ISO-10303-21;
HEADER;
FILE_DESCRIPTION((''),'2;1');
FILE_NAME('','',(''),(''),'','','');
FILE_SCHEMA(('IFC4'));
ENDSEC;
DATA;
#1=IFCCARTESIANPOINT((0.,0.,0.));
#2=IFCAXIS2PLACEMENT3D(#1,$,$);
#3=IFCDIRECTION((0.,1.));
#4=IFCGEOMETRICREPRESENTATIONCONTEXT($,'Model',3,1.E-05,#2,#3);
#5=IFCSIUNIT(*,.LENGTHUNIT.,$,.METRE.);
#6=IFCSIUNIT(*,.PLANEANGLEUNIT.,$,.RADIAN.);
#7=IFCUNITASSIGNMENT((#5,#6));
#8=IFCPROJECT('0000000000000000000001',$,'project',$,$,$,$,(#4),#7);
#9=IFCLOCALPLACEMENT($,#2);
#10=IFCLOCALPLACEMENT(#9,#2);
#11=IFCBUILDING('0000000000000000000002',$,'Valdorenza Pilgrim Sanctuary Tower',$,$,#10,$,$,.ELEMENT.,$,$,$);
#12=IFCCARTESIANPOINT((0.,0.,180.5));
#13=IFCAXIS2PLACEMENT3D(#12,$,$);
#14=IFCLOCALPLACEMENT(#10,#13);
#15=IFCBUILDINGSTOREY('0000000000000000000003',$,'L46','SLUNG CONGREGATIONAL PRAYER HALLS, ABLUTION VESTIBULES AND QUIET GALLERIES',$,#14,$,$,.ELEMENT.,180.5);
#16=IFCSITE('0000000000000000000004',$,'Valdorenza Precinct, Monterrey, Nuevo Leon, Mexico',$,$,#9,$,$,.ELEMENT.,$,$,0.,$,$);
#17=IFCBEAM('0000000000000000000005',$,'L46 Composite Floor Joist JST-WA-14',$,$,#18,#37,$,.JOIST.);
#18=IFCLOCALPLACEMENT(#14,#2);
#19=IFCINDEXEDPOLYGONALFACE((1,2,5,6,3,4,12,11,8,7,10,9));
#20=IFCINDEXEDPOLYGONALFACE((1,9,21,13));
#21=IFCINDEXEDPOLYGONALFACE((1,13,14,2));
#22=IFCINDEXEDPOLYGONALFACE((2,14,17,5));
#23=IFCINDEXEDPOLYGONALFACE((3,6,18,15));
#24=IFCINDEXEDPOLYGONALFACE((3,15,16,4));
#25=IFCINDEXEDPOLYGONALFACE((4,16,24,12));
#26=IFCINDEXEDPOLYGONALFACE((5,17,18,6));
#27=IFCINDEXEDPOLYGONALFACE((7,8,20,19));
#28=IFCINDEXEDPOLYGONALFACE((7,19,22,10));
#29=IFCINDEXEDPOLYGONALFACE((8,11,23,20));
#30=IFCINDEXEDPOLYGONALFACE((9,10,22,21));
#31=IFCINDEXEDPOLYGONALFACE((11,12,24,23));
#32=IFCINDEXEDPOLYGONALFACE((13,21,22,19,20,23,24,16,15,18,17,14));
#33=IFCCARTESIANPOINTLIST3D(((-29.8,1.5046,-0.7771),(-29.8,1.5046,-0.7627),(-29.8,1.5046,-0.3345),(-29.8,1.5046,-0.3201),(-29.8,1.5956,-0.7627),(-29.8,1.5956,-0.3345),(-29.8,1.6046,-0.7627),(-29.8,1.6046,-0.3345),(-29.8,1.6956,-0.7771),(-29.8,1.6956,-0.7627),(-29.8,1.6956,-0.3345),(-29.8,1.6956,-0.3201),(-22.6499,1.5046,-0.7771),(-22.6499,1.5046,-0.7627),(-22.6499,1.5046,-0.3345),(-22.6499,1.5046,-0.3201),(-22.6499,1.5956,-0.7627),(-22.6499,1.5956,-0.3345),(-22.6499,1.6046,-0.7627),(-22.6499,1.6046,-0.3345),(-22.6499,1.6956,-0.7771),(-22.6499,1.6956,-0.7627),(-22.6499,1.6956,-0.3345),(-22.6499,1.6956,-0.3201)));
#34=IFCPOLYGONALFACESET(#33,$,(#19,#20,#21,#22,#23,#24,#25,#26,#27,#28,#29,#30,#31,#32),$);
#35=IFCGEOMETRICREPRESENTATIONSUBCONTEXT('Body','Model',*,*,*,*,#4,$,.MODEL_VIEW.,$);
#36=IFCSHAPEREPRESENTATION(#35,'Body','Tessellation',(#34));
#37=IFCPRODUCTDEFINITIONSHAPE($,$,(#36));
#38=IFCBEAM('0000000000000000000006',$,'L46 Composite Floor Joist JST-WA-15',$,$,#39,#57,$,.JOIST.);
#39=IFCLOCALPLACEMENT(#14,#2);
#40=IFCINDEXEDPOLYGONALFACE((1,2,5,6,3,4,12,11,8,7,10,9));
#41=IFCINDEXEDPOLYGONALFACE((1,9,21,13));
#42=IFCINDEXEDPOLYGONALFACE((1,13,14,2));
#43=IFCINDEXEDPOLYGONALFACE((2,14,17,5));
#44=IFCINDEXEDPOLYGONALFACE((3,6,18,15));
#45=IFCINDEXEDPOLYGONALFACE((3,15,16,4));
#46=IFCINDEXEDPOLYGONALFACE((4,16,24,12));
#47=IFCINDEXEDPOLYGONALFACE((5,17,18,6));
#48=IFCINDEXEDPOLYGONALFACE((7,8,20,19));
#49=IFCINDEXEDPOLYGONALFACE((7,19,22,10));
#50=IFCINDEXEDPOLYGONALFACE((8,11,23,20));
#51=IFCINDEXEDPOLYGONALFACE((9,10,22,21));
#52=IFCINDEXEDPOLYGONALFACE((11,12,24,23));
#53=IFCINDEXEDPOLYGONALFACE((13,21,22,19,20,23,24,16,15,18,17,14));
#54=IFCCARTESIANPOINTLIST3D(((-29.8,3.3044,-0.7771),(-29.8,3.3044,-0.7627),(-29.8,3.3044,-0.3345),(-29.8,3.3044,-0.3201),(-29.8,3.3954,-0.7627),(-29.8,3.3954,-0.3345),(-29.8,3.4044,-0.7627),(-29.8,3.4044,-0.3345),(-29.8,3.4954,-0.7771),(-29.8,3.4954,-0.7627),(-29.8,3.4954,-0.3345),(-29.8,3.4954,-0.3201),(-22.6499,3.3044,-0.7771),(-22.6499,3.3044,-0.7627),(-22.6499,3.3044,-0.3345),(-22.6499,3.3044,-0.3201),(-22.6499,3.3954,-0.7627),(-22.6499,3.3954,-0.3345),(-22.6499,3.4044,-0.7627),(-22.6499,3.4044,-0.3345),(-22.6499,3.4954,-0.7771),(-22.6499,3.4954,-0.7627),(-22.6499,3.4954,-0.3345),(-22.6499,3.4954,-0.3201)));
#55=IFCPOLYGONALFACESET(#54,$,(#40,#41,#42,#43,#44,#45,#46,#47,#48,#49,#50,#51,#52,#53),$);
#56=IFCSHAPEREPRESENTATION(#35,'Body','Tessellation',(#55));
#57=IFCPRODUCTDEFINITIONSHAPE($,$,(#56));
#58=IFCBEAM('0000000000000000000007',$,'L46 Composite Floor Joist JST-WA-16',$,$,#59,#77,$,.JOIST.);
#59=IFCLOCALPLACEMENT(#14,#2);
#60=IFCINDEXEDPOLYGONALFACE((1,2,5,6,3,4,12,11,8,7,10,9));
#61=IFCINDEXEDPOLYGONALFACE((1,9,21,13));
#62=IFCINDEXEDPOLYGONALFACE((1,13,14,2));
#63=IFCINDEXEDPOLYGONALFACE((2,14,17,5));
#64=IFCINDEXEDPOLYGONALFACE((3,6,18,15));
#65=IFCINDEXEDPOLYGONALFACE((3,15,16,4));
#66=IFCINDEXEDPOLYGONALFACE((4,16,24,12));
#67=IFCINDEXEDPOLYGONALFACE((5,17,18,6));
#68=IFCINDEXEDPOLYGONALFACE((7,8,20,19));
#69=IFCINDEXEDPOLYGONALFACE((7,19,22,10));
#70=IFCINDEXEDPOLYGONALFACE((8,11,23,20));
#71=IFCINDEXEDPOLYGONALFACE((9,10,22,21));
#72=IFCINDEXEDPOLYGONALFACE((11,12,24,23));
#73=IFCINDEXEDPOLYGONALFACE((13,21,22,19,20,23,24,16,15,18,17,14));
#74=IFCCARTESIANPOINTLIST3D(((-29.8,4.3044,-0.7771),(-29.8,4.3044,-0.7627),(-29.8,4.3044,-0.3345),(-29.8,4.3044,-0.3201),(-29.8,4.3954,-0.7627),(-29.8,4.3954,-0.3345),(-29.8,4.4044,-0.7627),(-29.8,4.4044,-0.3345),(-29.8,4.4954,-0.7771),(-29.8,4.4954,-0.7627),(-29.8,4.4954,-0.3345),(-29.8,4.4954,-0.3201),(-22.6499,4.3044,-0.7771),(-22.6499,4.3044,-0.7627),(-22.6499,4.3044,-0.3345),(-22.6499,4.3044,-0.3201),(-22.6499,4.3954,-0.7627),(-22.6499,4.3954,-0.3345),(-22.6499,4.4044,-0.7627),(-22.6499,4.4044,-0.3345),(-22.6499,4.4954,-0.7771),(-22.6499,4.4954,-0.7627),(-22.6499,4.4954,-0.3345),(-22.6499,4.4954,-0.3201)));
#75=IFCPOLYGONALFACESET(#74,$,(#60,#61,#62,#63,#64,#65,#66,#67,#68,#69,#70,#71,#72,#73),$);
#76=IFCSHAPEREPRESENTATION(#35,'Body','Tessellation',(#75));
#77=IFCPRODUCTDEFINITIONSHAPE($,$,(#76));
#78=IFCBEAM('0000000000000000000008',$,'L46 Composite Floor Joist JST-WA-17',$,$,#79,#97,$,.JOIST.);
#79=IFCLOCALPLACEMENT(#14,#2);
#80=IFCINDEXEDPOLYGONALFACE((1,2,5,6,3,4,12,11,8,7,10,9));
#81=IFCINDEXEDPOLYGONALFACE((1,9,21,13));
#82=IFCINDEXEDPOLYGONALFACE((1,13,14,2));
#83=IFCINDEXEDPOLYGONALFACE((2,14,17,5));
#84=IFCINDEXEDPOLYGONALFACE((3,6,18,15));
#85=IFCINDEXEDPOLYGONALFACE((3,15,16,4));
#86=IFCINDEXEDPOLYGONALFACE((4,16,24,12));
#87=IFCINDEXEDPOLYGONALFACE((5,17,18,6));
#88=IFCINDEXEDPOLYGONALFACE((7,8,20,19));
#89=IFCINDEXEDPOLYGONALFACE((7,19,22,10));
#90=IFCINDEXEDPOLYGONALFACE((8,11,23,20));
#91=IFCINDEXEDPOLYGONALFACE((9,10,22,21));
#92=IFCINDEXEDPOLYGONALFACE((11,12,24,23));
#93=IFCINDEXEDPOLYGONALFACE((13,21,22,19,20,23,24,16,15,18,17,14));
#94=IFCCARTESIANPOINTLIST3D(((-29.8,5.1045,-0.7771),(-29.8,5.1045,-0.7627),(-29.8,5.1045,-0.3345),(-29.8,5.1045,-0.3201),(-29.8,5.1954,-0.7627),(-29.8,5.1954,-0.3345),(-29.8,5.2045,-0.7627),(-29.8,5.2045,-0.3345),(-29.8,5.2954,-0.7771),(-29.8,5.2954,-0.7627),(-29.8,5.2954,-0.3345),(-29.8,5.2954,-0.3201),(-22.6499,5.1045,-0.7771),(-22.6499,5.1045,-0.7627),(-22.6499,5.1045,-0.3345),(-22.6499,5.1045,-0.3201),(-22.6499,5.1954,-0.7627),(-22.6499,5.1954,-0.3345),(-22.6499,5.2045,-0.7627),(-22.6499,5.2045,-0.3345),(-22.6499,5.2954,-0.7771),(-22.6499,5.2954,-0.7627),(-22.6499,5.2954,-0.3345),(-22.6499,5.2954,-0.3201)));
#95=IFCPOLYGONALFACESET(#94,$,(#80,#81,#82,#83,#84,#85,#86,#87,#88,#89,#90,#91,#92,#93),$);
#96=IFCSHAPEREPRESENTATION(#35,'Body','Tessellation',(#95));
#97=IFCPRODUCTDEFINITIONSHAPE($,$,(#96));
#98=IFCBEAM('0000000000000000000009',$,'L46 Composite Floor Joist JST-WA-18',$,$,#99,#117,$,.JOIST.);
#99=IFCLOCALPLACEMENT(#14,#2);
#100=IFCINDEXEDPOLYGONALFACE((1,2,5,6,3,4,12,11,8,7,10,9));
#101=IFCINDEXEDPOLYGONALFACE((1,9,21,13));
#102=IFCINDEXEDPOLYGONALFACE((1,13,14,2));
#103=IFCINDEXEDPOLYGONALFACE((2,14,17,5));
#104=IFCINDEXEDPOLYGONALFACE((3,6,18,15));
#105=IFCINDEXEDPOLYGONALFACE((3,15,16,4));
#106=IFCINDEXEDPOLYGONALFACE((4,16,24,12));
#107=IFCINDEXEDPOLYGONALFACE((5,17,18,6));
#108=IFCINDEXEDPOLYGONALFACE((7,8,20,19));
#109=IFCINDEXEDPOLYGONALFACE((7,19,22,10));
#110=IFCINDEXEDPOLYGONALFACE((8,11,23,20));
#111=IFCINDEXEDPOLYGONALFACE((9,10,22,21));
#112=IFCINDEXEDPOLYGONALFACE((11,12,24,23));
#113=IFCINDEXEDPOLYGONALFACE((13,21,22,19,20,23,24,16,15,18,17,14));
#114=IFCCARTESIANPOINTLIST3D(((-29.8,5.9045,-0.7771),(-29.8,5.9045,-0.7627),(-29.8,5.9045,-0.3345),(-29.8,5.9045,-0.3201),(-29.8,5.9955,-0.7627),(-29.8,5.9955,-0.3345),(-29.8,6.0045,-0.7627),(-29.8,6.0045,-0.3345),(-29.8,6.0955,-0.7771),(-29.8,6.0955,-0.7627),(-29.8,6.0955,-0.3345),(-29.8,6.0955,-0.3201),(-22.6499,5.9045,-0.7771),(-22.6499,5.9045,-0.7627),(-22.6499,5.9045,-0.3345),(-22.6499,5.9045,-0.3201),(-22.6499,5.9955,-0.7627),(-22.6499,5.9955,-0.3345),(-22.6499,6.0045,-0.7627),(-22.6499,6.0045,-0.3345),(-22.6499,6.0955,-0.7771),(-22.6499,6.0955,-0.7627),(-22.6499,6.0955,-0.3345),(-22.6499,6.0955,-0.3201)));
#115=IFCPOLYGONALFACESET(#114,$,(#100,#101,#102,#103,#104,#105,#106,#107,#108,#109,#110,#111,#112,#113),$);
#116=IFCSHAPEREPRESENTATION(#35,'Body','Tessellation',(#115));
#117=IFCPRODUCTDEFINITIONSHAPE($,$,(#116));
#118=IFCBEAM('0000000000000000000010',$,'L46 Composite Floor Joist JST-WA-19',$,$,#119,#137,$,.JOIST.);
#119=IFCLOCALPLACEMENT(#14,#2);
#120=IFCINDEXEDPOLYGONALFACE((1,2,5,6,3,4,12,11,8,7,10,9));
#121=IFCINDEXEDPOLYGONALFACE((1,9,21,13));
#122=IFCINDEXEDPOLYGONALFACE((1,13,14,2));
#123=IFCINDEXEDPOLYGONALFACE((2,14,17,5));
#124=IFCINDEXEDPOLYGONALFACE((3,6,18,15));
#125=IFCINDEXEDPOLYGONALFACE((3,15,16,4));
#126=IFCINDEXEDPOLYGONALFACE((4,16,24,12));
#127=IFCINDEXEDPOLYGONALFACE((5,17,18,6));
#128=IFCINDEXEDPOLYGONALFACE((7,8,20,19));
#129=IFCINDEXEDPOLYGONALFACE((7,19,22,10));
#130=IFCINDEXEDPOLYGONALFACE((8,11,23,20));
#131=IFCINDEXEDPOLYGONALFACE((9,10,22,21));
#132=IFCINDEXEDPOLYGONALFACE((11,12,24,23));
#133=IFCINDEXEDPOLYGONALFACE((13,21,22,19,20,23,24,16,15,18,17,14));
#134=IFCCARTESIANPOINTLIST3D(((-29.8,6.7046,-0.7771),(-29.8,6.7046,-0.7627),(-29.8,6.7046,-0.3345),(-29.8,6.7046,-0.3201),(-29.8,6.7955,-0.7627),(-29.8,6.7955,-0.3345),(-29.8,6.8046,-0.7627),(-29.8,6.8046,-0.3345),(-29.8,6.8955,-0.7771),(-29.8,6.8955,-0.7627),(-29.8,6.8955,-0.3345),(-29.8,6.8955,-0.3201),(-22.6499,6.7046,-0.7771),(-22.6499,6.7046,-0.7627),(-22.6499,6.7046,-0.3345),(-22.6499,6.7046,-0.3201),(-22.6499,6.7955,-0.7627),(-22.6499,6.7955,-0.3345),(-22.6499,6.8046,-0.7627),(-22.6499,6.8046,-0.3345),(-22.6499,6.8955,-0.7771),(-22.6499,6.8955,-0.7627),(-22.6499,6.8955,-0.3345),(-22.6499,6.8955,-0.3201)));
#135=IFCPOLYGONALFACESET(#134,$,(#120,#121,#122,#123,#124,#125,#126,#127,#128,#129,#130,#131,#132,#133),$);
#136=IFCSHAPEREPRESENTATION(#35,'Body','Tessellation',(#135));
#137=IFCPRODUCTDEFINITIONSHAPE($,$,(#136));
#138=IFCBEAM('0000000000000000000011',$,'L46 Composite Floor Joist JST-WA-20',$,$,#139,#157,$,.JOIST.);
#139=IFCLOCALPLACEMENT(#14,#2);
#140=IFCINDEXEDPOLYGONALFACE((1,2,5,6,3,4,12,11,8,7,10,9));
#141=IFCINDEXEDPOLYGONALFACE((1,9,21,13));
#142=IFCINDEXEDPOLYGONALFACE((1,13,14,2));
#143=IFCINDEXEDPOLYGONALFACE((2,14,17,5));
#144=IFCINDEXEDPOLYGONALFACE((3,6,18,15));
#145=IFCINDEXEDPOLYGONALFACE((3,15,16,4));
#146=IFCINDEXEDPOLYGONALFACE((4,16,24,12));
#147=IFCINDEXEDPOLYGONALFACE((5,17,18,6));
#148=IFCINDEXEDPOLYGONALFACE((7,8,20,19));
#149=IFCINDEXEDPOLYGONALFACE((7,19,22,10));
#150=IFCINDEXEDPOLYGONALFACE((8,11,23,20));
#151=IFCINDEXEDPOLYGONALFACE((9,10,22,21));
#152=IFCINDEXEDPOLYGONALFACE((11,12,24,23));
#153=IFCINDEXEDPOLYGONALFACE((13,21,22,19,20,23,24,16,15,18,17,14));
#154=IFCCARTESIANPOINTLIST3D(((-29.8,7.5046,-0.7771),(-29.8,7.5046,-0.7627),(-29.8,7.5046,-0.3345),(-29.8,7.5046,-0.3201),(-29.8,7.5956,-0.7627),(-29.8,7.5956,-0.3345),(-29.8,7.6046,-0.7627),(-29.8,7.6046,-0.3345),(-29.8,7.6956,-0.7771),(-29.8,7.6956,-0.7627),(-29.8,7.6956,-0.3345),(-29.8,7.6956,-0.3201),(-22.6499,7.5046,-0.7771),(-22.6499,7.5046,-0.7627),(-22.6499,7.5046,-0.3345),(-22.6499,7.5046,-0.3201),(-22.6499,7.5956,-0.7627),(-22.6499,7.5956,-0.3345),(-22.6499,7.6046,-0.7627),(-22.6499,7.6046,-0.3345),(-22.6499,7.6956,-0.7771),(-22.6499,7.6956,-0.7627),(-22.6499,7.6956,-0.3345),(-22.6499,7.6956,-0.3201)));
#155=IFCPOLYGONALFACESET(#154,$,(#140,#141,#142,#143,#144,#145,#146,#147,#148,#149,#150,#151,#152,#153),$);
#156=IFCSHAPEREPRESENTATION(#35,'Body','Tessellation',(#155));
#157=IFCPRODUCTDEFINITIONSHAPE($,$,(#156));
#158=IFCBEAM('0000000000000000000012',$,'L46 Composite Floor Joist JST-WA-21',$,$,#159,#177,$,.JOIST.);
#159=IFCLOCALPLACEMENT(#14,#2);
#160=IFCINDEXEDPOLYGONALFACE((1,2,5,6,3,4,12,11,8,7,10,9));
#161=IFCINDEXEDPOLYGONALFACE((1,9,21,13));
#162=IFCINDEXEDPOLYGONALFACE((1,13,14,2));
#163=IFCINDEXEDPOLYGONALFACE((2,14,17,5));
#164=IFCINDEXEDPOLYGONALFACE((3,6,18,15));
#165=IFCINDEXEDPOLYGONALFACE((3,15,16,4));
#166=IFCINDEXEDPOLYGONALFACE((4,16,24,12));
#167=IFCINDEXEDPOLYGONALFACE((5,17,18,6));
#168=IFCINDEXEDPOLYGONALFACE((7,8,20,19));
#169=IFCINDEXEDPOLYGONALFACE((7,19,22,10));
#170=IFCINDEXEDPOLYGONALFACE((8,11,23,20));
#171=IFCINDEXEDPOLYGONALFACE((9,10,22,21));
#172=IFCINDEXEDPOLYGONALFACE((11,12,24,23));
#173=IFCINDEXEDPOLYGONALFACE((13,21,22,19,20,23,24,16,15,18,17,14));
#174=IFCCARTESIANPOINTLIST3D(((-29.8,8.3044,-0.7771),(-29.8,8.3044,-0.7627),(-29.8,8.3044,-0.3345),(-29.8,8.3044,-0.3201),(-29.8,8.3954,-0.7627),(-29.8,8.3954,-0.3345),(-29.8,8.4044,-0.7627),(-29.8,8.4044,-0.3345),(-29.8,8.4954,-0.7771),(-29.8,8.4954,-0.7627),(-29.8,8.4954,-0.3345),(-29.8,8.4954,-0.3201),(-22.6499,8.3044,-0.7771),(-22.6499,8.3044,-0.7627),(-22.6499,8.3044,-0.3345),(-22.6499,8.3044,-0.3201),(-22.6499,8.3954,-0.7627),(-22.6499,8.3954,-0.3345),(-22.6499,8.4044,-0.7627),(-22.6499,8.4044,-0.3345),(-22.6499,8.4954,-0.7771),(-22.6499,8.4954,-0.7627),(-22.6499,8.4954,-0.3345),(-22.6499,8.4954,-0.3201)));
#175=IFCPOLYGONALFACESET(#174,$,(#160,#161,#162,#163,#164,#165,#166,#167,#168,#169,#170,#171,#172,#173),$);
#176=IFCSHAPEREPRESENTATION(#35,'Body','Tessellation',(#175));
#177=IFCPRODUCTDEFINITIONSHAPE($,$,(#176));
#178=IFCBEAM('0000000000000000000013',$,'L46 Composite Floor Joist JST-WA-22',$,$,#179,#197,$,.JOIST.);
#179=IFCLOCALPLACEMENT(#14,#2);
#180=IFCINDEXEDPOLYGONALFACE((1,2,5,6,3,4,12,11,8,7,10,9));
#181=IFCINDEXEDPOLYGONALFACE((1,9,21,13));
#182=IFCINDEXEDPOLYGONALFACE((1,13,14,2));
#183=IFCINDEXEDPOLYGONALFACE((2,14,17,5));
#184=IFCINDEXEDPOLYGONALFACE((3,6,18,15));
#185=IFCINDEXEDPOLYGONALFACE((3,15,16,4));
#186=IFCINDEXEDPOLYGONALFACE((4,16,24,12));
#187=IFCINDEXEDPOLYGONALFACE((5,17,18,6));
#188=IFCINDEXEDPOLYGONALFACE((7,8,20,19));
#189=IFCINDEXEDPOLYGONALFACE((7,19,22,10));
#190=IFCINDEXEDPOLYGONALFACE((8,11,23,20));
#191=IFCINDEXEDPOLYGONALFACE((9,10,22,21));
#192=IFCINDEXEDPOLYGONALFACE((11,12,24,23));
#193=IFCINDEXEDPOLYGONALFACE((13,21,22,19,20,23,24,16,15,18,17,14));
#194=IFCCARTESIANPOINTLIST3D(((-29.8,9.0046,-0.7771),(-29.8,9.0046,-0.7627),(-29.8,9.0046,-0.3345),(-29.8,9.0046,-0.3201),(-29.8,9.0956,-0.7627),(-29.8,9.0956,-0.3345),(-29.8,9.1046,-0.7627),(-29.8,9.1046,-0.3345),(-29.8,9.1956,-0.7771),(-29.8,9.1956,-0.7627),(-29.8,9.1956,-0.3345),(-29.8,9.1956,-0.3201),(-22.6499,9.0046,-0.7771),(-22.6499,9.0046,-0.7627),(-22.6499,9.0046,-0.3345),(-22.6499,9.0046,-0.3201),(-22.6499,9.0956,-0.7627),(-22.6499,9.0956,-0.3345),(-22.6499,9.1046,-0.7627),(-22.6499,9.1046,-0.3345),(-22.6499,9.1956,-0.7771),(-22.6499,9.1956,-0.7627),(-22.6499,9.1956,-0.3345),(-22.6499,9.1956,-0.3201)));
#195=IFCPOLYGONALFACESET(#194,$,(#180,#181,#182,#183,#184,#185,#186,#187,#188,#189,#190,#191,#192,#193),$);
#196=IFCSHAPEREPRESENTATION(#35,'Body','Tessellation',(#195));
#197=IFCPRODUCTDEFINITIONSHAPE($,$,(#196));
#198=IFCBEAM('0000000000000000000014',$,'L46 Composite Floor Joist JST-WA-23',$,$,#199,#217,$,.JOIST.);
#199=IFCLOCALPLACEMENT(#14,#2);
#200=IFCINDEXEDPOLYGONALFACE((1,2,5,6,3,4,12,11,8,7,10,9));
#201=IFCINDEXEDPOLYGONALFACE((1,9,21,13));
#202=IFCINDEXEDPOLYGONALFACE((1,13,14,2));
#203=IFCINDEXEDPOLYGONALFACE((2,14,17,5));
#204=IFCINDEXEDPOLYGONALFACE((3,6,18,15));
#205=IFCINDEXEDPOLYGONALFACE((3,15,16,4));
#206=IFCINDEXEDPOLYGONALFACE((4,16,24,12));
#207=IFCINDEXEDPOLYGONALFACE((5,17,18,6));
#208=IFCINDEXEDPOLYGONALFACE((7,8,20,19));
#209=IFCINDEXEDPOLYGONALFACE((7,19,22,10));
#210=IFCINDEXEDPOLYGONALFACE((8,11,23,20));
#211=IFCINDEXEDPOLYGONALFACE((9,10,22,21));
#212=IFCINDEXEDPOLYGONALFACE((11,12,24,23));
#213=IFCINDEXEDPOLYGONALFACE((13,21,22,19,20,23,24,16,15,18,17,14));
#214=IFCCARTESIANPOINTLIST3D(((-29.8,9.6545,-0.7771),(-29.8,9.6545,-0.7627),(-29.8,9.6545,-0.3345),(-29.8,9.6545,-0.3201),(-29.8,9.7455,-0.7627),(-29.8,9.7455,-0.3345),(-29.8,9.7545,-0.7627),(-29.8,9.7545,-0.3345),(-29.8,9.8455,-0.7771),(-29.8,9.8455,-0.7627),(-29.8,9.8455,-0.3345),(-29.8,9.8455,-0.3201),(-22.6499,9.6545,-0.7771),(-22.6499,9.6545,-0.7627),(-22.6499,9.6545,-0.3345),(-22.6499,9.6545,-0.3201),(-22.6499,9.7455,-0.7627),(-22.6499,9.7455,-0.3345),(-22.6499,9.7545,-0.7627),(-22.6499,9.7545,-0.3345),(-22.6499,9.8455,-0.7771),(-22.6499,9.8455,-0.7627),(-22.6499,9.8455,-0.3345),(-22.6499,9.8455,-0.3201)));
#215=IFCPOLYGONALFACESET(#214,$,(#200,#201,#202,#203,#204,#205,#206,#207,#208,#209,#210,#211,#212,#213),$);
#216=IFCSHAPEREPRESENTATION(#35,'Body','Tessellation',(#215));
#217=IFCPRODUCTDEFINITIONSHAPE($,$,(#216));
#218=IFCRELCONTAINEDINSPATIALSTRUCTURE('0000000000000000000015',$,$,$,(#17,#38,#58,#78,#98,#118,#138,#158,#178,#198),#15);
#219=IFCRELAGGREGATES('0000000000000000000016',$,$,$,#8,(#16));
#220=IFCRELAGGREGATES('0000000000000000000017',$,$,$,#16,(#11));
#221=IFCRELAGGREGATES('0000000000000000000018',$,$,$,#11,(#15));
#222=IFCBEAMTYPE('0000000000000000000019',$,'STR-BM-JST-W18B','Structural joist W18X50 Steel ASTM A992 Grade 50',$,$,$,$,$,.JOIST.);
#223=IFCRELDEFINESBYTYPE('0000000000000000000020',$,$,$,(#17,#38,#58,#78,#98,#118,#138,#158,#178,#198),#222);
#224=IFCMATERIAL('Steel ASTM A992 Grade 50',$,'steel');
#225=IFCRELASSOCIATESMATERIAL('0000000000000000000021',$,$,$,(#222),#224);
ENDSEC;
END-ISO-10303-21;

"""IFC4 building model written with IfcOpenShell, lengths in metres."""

from ifc_helpers import new_model, si_unit, direction, frame, origin, origin_2d, place, context, subcontext, project, spatial, i_section, extrude, source, transform, mapped, material, material_profile, profile_set, type_object, element, save


model = new_model("IFC4")

# Units and contexts
model_context = context("Model", 3, precision=1e-05, world=origin(), true_north=direction((0.0, 1.0)))
body_context = subcontext(model_context, "Body", "Model", "MODEL_VIEW")
ifc_project = project(units=[si_unit("LENGTHUNIT", "METRE"), si_unit("PLANEANGLEUNIT", "RADIAN")], contexts=[model_context])

# Site, building, storey
site_placement = place(None, origin())
site = spatial("IfcSite", under=ifc_project, at=site_placement, Name="Valdorenza Precinct, Monterrey, Nuevo Leon, Mexico", CompositionType="ELEMENT", RefElevation=0.0)
building_placement = place(site_placement, origin())
building = spatial("IfcBuilding", under=site, at=building_placement, Name="Valdorenza Pilgrim Sanctuary Tower", CompositionType="ELEMENT")
storey_placement = place(building_placement, frame((0.0, 0.0, 180.5)))
storey = spatial("IfcBuildingStorey", under=building, at=storey_placement, Name="L46", Description="SLUNG CONGREGATIONAL PRAYER HALLS, ABLUTION VESTIBULES AND QUIET GALLERIES", CompositionType="ELEMENT", Elevation=180.5)

# Beams
ifc_material_1 = material(Name="Steel ASTM A992 Grade 50", Category="steel")
ifc_material_profile = material_profile(ifc_material_1, i_section(OverallWidth=0.1909, OverallDepth=0.457, WebThickness=0.009, FlangeThickness=0.0144, at=origin_2d()), Name="W18X50")
ifc_profile_set = profile_set([ifc_material_profile], Name="Steel ASTM A992 Grade 50")
beam_type = type_object("IfcBeamType", Name="STR-BM-JST-W18B", Description="Structural joist W18X50 Steel ASTM A992 Grade 50", PredefinedType="JOIST", material=ifc_profile_set)
shared_shape = source(origin(), body_context, "Body", "SweptSolid", [
    extrude(i_section(OverallWidth=0.1909, OverallDepth=0.457, WebThickness=0.009, FlangeThickness=0.0144, at=origin_2d()), origin(), (0.0, 0.0, 1.0), 7.1501),
])
for number, where, z_axis, x_axis, name in (
    (1, (-29.8, 1.6001, -0.5486), (1.0, 0.0, 0.0), (0.0, 1.0, 0.0), "L46 Composite Floor Joist JST-WA-14"),
    (2, (-29.8, 3.3999, -0.5486), (1.0, 0.0, 0.0), (0.0, 1.0, 0.0), "L46 Composite Floor Joist JST-WA-15"),
    (3, (-29.8, 4.3999, -0.5486), (1.0, 0.0, 0.0), (0.0, 1.0, 0.0), "L46 Composite Floor Joist JST-WA-16"),
    (4, (-29.8, 5.2, -0.5486), (1.0, 0.0, 0.0), (0.0, 1.0, 0.0), "L46 Composite Floor Joist JST-WA-17"),
    (5, (-29.8, 6.0, -0.5486), (1.0, 0.0, 0.0), (0.0, 1.0, 0.0), "L46 Composite Floor Joist JST-WA-18"),
    (6, (-29.8, 6.8, -0.5486), (1.0, 0.0, 0.0), (0.0, 1.0, 0.0), "L46 Composite Floor Joist JST-WA-19"),
    (7, (-29.8, 7.6001, -0.5486), (1.0, 0.0, 0.0), (0.0, 1.0, 0.0), "L46 Composite Floor Joist JST-WA-20"),
    (8, (-29.8, 8.3999, -0.5486), (1.0, 0.0, 0.0), (0.0, 1.0, 0.0), "L46 Composite Floor Joist JST-WA-21"),
    (9, (-29.8, 9.1001, -0.5486), (1.0, 0.0, 0.0), (0.0, 1.0, 0.0), "L46 Composite Floor Joist JST-WA-22"),
    (10, (-29.8, 9.75, -0.5486), (1.0, 0.0, 0.0), (0.0, 1.0, 0.0), "L46 Composite Floor Joist JST-WA-23"),
):
    element("IfcBeam", number, at=place(storey_placement, frame(where, z_axis=z_axis, x_axis=x_axis)), inside=storey, type_object=beam_type, Name=name, PredefinedType="JOIST", context=body_context, shape_type="MappedRepresentation", body=[
        mapped(shared_shape, transform((0.0, 0.0, 0.0), x_axis=(1.0, 0.0, 0.0), y_axis=(0.0, 1.0, 0.0), z_axis=(0.0, 0.0, 1.0), scale=1.0)),
    ])

save(model, "model.ifc")
